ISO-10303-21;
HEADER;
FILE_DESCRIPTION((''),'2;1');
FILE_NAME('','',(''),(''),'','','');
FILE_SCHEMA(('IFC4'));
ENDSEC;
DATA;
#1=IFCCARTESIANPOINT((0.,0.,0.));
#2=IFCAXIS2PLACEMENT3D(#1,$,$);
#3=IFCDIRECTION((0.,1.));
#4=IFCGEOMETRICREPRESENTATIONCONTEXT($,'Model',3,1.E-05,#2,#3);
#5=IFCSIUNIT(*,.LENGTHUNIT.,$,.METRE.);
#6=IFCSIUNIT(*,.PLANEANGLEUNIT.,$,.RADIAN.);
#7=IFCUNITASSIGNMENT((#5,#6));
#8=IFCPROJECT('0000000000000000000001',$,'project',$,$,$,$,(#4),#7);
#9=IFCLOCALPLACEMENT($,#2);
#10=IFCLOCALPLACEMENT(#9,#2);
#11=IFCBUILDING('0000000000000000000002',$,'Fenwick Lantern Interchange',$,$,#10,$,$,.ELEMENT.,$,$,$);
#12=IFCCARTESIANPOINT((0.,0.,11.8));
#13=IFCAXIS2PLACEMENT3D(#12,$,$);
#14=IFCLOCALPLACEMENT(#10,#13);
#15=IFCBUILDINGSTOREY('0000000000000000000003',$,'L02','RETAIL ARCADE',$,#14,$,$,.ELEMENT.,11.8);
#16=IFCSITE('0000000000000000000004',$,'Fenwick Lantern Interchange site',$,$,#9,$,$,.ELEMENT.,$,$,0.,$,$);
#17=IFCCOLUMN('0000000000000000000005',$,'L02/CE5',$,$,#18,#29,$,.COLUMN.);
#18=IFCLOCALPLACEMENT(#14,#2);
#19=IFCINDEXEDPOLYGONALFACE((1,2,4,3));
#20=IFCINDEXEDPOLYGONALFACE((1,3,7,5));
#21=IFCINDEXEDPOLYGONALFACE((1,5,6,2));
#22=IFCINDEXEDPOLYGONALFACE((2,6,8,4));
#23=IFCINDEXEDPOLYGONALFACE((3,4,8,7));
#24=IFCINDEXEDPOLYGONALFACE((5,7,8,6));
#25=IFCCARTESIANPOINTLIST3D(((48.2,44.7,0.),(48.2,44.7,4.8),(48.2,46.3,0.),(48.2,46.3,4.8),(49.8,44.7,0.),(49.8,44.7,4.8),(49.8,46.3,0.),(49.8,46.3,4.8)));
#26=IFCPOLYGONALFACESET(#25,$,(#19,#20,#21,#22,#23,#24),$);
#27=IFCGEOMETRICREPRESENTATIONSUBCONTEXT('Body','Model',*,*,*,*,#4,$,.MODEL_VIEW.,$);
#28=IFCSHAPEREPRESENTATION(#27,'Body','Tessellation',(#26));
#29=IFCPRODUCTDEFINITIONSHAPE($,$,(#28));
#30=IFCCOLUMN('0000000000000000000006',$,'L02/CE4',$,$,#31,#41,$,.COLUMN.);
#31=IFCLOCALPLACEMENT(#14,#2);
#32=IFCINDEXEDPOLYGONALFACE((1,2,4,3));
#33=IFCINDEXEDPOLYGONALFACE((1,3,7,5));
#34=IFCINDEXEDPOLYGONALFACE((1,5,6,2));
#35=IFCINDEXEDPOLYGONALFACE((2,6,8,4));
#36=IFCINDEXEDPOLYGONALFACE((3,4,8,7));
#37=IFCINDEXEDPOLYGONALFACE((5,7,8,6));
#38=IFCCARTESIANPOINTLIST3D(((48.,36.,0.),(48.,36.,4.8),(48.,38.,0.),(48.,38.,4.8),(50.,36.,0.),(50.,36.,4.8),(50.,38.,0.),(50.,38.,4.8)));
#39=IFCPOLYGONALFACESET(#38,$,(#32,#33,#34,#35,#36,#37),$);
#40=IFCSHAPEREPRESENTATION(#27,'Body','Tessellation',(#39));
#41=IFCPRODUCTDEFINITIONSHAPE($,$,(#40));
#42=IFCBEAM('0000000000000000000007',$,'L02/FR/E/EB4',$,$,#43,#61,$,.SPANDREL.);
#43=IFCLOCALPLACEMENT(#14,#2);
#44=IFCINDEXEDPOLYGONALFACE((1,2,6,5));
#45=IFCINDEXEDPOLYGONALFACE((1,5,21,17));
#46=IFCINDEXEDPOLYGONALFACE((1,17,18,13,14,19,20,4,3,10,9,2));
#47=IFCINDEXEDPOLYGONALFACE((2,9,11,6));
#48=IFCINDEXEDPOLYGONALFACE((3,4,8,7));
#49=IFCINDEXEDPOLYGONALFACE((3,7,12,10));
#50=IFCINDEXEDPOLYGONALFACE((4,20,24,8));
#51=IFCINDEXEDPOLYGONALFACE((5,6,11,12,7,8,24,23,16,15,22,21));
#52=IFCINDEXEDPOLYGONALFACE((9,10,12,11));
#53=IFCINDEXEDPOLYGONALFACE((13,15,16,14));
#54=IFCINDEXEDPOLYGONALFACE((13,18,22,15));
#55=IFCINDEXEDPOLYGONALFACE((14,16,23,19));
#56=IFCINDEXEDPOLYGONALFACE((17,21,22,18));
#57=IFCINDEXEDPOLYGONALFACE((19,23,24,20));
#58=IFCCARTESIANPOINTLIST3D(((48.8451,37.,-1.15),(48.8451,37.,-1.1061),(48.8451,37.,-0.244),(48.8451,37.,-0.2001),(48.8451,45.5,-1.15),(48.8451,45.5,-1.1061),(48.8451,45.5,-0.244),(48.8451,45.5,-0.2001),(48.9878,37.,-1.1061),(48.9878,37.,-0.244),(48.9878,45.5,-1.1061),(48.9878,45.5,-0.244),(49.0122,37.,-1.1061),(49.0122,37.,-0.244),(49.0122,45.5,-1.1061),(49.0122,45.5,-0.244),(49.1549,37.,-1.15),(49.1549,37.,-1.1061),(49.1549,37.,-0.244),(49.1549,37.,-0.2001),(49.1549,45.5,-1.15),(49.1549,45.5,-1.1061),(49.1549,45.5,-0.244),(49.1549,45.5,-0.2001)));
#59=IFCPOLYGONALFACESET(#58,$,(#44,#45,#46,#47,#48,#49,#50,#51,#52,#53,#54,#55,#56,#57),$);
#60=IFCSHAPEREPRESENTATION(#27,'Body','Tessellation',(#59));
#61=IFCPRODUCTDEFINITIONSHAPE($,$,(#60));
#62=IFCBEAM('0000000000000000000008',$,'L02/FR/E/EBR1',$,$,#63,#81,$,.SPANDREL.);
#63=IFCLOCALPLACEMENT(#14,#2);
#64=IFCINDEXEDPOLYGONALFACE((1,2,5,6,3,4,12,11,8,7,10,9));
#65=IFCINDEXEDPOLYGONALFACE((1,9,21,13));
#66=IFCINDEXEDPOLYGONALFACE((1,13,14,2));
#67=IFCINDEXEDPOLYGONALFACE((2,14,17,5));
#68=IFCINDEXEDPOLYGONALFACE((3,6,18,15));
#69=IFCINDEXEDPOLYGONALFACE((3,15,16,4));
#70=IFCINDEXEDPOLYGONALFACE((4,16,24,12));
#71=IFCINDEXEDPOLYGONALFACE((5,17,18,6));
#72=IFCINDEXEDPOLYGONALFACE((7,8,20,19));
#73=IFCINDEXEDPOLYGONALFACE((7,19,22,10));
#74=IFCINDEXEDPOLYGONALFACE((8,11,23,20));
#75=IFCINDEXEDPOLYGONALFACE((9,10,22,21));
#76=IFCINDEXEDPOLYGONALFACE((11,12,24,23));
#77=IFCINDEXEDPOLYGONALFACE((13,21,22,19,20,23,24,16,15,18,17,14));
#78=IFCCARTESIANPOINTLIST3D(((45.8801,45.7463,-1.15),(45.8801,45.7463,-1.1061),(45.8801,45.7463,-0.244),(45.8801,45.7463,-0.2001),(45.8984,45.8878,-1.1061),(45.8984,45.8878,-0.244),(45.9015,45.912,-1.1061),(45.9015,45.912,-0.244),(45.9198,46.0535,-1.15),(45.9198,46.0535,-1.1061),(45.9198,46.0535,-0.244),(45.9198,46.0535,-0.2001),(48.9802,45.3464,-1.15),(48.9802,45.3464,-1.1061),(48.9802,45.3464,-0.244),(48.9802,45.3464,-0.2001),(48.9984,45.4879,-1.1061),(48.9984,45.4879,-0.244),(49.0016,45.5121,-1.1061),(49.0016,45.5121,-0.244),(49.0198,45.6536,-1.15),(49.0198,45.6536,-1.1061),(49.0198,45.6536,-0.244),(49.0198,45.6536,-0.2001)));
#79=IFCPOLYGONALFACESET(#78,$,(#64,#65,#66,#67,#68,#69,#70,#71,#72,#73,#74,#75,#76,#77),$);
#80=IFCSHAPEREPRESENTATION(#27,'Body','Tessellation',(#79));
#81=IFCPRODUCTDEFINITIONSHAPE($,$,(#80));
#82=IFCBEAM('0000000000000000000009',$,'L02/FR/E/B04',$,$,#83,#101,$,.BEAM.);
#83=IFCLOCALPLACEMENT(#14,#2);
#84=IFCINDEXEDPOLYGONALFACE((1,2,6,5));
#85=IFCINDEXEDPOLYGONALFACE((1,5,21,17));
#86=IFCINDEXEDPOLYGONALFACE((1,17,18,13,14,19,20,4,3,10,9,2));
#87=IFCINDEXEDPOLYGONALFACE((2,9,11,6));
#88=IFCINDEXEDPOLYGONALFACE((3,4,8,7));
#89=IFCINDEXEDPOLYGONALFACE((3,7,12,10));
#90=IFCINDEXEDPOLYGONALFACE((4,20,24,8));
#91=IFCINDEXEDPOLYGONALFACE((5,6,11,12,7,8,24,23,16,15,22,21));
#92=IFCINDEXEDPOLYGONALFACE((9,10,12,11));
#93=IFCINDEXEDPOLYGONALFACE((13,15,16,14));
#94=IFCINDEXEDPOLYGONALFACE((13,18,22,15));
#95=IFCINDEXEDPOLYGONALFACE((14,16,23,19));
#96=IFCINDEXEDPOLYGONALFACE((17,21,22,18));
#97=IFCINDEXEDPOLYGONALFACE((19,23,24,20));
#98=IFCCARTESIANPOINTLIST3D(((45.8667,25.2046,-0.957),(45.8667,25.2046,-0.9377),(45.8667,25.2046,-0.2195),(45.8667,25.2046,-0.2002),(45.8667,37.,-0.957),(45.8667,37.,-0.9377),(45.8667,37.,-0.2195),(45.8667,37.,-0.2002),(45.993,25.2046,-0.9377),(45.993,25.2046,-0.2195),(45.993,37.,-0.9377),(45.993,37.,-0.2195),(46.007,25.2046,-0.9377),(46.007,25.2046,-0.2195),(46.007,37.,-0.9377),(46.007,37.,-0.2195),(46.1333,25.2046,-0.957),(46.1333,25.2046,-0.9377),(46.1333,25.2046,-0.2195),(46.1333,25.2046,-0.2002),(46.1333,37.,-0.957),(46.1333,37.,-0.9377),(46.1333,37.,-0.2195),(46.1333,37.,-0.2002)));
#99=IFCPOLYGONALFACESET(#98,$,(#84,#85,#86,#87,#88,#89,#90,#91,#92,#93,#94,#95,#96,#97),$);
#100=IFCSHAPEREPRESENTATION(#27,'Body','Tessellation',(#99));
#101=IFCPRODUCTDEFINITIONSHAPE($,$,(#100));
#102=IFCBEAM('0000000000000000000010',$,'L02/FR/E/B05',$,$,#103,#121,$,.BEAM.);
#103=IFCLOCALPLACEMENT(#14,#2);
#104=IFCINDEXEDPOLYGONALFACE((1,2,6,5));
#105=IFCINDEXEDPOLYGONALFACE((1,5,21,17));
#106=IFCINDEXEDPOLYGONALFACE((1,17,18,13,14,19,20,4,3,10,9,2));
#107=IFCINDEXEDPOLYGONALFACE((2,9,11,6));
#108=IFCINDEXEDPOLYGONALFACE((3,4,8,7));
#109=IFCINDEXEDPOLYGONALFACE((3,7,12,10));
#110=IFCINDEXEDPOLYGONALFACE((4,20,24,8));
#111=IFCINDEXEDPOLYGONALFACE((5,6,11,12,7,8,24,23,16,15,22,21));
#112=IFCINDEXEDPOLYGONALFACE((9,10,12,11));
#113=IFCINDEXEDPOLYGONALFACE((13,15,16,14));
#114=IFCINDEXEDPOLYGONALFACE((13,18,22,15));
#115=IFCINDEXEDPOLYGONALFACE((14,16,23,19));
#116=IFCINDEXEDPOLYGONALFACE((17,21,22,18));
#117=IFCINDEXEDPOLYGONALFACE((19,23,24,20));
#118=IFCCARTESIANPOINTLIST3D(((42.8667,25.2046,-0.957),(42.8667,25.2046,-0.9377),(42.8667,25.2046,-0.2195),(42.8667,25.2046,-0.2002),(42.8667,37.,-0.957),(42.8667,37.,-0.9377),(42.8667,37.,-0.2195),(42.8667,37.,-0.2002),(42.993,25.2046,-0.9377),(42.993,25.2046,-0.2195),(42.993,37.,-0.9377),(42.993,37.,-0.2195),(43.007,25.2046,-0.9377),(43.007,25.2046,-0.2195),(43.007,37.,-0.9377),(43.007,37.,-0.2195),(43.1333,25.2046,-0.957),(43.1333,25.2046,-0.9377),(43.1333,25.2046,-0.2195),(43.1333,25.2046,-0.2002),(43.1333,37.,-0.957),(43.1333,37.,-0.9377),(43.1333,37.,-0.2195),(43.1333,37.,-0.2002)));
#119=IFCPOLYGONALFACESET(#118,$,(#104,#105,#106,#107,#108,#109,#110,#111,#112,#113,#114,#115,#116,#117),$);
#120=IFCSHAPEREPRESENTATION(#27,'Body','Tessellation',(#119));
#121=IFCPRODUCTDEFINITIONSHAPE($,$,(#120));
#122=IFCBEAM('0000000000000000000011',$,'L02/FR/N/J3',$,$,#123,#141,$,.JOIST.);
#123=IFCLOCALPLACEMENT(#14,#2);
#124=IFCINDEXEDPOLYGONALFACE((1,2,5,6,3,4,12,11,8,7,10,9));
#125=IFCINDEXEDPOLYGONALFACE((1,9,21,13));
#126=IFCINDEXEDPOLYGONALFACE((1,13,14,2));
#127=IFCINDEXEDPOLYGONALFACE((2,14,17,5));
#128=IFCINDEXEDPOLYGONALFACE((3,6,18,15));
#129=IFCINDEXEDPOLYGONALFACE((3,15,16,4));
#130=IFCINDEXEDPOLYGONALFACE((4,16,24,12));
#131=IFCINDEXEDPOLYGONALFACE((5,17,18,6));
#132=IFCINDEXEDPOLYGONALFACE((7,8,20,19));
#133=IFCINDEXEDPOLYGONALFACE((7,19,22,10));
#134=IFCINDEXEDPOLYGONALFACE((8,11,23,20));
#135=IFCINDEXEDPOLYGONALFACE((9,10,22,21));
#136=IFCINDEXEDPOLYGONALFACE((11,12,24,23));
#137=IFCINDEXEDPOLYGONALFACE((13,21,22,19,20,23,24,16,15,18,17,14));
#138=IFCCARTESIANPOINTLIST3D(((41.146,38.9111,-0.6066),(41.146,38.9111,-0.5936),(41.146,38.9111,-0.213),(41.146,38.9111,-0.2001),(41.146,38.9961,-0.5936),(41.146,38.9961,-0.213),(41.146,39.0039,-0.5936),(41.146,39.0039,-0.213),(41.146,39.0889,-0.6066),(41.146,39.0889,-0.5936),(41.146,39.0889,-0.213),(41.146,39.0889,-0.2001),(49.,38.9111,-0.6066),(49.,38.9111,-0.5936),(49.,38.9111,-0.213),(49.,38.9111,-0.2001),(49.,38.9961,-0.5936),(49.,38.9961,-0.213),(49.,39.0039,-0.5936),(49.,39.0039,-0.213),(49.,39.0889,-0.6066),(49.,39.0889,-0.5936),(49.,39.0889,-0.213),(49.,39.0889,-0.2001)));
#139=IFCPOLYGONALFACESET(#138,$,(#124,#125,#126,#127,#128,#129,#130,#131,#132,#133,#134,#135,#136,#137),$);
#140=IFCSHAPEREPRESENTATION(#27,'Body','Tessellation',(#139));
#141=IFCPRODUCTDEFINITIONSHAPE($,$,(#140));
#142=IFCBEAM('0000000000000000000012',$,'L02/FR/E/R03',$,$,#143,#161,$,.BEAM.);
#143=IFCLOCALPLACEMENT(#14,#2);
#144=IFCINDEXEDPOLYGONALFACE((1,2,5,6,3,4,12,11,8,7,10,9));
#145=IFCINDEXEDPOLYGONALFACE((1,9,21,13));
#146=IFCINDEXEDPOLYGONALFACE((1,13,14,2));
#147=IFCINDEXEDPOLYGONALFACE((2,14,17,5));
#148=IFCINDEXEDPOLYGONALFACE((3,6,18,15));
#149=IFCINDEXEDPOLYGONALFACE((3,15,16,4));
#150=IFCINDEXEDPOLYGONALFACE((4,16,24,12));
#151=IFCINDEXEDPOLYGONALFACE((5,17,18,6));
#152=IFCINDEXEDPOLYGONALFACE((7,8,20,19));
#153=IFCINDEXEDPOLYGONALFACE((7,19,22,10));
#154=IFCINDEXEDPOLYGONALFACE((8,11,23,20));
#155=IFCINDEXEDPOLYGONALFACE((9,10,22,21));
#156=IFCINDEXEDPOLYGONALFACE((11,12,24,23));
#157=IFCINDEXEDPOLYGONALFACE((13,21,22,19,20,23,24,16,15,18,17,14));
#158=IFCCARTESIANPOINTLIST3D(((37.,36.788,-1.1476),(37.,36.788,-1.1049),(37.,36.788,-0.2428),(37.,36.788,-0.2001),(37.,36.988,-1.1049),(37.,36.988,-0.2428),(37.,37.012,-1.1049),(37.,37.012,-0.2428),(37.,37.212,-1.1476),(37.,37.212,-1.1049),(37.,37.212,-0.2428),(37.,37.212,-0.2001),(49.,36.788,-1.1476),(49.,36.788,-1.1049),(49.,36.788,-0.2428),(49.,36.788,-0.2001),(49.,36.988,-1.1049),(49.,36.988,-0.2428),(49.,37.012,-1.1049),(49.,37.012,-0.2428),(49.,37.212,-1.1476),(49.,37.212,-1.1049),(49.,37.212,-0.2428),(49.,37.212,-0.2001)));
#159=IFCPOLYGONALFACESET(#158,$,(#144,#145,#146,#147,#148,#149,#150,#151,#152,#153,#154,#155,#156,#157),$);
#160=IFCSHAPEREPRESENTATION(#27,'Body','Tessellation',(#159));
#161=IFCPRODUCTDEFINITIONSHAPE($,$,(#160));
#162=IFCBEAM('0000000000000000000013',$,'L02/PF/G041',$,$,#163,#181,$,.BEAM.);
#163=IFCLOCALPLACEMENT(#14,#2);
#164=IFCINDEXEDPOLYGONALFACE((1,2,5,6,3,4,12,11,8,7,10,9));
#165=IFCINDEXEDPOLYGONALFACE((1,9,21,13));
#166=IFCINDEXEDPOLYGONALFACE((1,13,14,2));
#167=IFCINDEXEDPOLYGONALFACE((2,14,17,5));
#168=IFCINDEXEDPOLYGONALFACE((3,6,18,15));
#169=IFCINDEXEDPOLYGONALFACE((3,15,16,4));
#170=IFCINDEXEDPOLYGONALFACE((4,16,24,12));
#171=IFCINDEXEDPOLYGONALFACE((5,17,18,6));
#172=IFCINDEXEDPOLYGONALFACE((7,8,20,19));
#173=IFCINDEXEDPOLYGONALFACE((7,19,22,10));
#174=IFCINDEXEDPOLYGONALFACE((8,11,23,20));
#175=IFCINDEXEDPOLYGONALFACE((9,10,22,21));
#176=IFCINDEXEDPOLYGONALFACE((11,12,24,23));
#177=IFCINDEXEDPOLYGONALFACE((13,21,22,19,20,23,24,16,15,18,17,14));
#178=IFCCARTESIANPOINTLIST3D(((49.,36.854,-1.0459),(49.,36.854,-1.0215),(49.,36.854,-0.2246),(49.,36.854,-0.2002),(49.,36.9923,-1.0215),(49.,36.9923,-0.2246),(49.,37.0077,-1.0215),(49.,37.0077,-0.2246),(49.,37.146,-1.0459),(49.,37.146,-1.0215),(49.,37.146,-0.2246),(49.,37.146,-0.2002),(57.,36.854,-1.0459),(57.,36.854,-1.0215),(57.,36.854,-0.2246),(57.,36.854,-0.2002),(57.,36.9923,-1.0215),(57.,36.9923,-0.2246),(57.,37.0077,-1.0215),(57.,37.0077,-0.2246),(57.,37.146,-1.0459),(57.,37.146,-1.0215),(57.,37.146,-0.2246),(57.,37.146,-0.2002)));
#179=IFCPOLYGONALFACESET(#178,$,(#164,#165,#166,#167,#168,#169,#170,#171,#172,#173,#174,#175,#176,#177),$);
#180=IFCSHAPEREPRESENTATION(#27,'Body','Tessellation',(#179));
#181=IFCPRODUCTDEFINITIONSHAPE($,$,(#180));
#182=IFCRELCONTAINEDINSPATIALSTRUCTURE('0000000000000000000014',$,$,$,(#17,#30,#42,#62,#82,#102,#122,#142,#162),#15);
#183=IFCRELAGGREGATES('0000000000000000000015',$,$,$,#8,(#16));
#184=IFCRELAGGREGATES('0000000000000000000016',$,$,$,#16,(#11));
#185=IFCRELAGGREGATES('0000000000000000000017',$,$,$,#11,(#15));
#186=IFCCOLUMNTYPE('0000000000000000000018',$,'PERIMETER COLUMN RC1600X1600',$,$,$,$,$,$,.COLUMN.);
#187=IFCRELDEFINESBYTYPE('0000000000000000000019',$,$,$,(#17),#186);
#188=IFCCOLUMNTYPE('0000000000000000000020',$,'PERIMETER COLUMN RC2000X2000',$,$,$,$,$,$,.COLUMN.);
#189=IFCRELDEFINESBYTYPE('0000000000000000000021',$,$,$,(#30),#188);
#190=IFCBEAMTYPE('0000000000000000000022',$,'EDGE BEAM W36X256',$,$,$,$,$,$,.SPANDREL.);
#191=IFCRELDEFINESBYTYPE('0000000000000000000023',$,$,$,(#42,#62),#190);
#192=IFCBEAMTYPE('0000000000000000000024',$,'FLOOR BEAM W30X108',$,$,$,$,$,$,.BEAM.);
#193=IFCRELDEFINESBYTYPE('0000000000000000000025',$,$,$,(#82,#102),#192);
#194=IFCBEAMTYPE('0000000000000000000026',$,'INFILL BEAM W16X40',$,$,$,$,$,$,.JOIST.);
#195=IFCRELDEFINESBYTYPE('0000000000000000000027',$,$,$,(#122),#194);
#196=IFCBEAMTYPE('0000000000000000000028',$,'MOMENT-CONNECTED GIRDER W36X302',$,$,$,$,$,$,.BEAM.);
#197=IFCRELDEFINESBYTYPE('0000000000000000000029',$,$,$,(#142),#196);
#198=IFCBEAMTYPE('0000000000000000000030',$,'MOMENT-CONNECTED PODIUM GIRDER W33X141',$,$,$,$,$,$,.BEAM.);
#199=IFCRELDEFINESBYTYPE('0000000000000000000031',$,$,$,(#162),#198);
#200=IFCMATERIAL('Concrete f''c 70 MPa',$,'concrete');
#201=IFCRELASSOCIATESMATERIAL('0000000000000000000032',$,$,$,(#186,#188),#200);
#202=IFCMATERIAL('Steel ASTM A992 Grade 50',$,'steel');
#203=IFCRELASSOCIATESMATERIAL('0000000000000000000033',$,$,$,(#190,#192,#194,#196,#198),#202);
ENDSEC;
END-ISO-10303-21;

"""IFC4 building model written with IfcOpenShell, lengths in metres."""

from ifc_helpers import new_model, si_unit, direction, frame, origin, origin_2d, place, context, subcontext, project, spatial, rectangle, i_section, extrude, material, material_profile, profile_set, type_object, element, save


model = new_model("IFC4")

# Units and contexts
model_context = context("Model", 3, precision=1e-05, world=origin(), true_north=direction((0.0, 1.0)))
body_context = subcontext(model_context, "Body", "Model", "MODEL_VIEW")
ifc_project = project(units=[si_unit("LENGTHUNIT", "METRE"), si_unit("PLANEANGLEUNIT", "RADIAN")], contexts=[model_context])

# Site, building, storey
site_placement = place(None, origin())
site = spatial("IfcSite", under=ifc_project, at=site_placement, Name="Fenwick Lantern Interchange site", CompositionType="ELEMENT", RefElevation=0.0)
building_placement = place(site_placement, origin())
building = spatial("IfcBuilding", under=site, at=building_placement, Name="Fenwick Lantern Interchange", CompositionType="ELEMENT")
storey_placement = place(building_placement, frame((0.0, 0.0, 11.8)))
storey = spatial("IfcBuildingStorey", under=building, at=storey_placement, Name="L02", Description="RETAIL ARCADE", CompositionType="ELEMENT", Elevation=11.8)

# Columns
ifc_material_1 = material(Name="Concrete f'c 70 MPa", Category="concrete")
ifc_material_profile_1 = material_profile(ifc_material_1, rectangle(XDim=1.6001, YDim=1.6001, at=origin_2d()), Name="RC1600X1600")
ifc_profile_set_1 = profile_set([ifc_material_profile_1], Name="Concrete f'c 70 MPa")
column_type_1 = type_object("IfcColumnType", Name="PERIMETER COLUMN RC1600X1600", PredefinedType="COLUMN", material=ifc_profile_set_1)
column_1_placement = place(storey_placement, frame((49.0, 45.5, 0.0), z_axis=(0.0, 0.0, 1.0), x_axis=(1.0, 0.0, 0.0)))
element("IfcColumn", 1, at=column_1_placement, inside=storey, type_object=column_type_1, Name="L02/CE5", PredefinedType="COLUMN", context=body_context, shape_type="SweptSolid", body=[
    extrude(rectangle(XDim=1.6001, YDim=1.6001, at=origin_2d()), origin(), (0.0, 0.0, 1.0), 4.8),
])
ifc_material_profile_2 = material_profile(ifc_material_1, rectangle(XDim=2.0, YDim=2.0, at=origin_2d()), Name="RC2000X2000")
ifc_profile_set_2 = profile_set([ifc_material_profile_2], Name="Concrete f'c 70 MPa")
column_type_2 = type_object("IfcColumnType", Name="PERIMETER COLUMN RC2000X2000", PredefinedType="COLUMN", material=ifc_profile_set_2)
column_2_placement = place(storey_placement, frame((49.0, 37.0, 0.0), z_axis=(0.0, 0.0, 1.0), x_axis=(1.0, 0.0, 0.0)))
element("IfcColumn", 2, at=column_2_placement, inside=storey, type_object=column_type_2, Name="L02/CE4", PredefinedType="COLUMN", context=body_context, shape_type="SweptSolid", body=[
    extrude(rectangle(XDim=2.0, YDim=2.0, at=origin_2d()), origin(), (0.0, 0.0, 1.0), 4.8),
])

# Beams
ifc_material_2 = material(Name="Steel ASTM A992 Grade 50", Category="steel")
ifc_material_profile_3 = material_profile(ifc_material_2, i_section(OverallWidth=0.3098, OverallDepth=0.95, WebThickness=0.0244, FlangeThickness=0.0439, at=origin_2d()), Name="W36X256")
ifc_profile_set_3 = profile_set([ifc_material_profile_3], Name="Steel ASTM A992 Grade 50")
beam_type_1 = type_object("IfcBeamType", Name="EDGE BEAM W36X256", PredefinedType="SPANDREL", material=ifc_profile_set_3)
beam_1_placement = place(storey_placement, frame((49.0, 37.0, -0.675), z_axis=(0.0, 1.0, 0.0), x_axis=(-1.0, 0.0, 0.0)))
element("IfcBeam", 3, at=beam_1_placement, inside=storey, type_object=beam_type_1, Name="L02/FR/E/EB4", PredefinedType="SPANDREL", context=body_context, shape_type="SweptSolid", body=[
    extrude(i_section(OverallWidth=0.3098, OverallDepth=0.95, WebThickness=0.0244, FlangeThickness=0.0439, at=origin_2d()), origin(), (0.0, 0.0, 1.0), 8.5),
])
beam_2_placement = place(storey_placement, frame((49.0, 45.5, -0.675), z_axis=(-0.991782, 0.127937, 0.0), x_axis=(-0.127937, -0.991782, 0.0)))
element("IfcBeam", 4, at=beam_2_placement, inside=storey, type_object=beam_type_1, Name="L02/FR/E/EBR1", PredefinedType="SPANDREL", context=body_context, shape_type="SweptSolid", body=[
    extrude(i_section(OverallWidth=0.3098, OverallDepth=0.95, WebThickness=0.0244, FlangeThickness=0.0439, at=origin_2d()), origin(), (0.0, 0.0, 1.0), 3.1257),
])
ifc_material_profile_4 = material_profile(ifc_material_2, i_section(OverallWidth=0.2666, OverallDepth=0.7568, WebThickness=0.0139, FlangeThickness=0.0193, at=origin_2d()), Name="W30X108")
ifc_profile_set_4 = profile_set([ifc_material_profile_4], Name="Steel ASTM A992 Grade 50")
beam_type_2 = type_object("IfcBeamType", Name="FLOOR BEAM W30X108", PredefinedType="BEAM", material=ifc_profile_set_4)
for number, where, z_axis, x_axis, name in (
    (5, (46.0, 25.2046, -0.5786), (0.0, 1.0, 0.0), (-1.0, 0.0, 0.0), "L02/FR/E/B04"),
    (6, (43.0, 25.2046, -0.5786), (0.0, 1.0, 0.0), (-1.0, 0.0, 0.0), "L02/FR/E/B05"),
):
    element("IfcBeam", number, at=place(storey_placement, frame(where, z_axis=z_axis, x_axis=x_axis)), inside=storey, type_object=beam_type_2, Name=name, PredefinedType="BEAM", context=body_context, shape_type="SweptSolid", body=[
        extrude(i_section(OverallWidth=0.2666, OverallDepth=0.7568, WebThickness=0.0139, FlangeThickness=0.0193, at=origin_2d()), origin(), (0.0, 0.0, 1.0), 11.7954),
    ])
ifc_material_profile_5 = material_profile(ifc_material_2, i_section(OverallWidth=0.1777, OverallDepth=0.4065, WebThickness=0.0078, FlangeThickness=0.0129, at=origin_2d()), Name="W16X40")
ifc_profile_set_5 = profile_set([ifc_material_profile_5], Name="Steel ASTM A992 Grade 50")
beam_type_3 = type_object("IfcBeamType", Name="INFILL BEAM W16X40", PredefinedType="JOIST", material=ifc_profile_set_5)
beam_3_placement = place(storey_placement, frame((49.0, 39.0, -0.4033), z_axis=(-1.0, 0.0, 0.0), x_axis=(0.0, -1.0, 0.0)))
element("IfcBeam", 7, at=beam_3_placement, inside=storey, type_object=beam_type_3, Name="L02/FR/N/J3", PredefinedType="JOIST", context=body_context, shape_type="SweptSolid", body=[
    extrude(i_section(OverallWidth=0.1777, OverallDepth=0.4065, WebThickness=0.0078, FlangeThickness=0.0129, at=origin_2d()), origin(), (0.0, 0.0, 1.0), 7.854),
])
ifc_material_profile_6 = material_profile(ifc_material_2, i_section(OverallWidth=0.4241, OverallDepth=0.9475, WebThickness=0.0239, FlangeThickness=0.0427, at=origin_2d()), Name="W36X302")
ifc_profile_set_6 = profile_set([ifc_material_profile_6], Name="Steel ASTM A992 Grade 50")
beam_type_4 = type_object("IfcBeamType", Name="MOMENT-CONNECTED GIRDER W36X302", PredefinedType="BEAM", material=ifc_profile_set_6)
beam_4_placement = place(storey_placement, frame((49.0, 37.0, -0.6738), z_axis=(-1.0, 0.0, 0.0), x_axis=(0.0, -1.0, 0.0)))
element("IfcBeam", 8, at=beam_4_placement, inside=storey, type_object=beam_type_4, Name="L02/FR/E/R03", PredefinedType="BEAM", context=body_context, shape_type="SweptSolid", body=[
    extrude(i_section(OverallWidth=0.4241, OverallDepth=0.9475, WebThickness=0.0239, FlangeThickness=0.0427, at=origin_2d()), origin(), (0.0, 0.0, 1.0), 12.0),
])
ifc_material_profile_7 = material_profile(ifc_material_2, i_section(OverallWidth=0.292, OverallDepth=0.8457, WebThickness=0.0154, FlangeThickness=0.0244, at=origin_2d()), Name="W33X141")
ifc_profile_set_7 = profile_set([ifc_material_profile_7], Name="Steel ASTM A992 Grade 50")
beam_type_5 = type_object("IfcBeamType", Name="MOMENT-CONNECTED PODIUM GIRDER W33X141", PredefinedType="BEAM", material=ifc_profile_set_7)
for number, where, z_axis, x_axis, name in (
    (9, (49.0, 37.0, -0.623), (1.0, 0.0, 0.0), (0.0, 1.0, 0.0), "L02/PF/G041"),
):
    element("IfcBeam", number, at=place(storey_placement, frame(where, z_axis=z_axis, x_axis=x_axis)), inside=storey, type_object=beam_type_5, Name=name, PredefinedType="BEAM", context=body_context, shape_type="SweptSolid", body=[
        extrude(i_section(OverallWidth=0.292, OverallDepth=0.8457, WebThickness=0.0154, FlangeThickness=0.0244, at=origin_2d()), origin(), (0.0, 0.0, 1.0), 8.0),
    ])

save(model, "model.ifc")
